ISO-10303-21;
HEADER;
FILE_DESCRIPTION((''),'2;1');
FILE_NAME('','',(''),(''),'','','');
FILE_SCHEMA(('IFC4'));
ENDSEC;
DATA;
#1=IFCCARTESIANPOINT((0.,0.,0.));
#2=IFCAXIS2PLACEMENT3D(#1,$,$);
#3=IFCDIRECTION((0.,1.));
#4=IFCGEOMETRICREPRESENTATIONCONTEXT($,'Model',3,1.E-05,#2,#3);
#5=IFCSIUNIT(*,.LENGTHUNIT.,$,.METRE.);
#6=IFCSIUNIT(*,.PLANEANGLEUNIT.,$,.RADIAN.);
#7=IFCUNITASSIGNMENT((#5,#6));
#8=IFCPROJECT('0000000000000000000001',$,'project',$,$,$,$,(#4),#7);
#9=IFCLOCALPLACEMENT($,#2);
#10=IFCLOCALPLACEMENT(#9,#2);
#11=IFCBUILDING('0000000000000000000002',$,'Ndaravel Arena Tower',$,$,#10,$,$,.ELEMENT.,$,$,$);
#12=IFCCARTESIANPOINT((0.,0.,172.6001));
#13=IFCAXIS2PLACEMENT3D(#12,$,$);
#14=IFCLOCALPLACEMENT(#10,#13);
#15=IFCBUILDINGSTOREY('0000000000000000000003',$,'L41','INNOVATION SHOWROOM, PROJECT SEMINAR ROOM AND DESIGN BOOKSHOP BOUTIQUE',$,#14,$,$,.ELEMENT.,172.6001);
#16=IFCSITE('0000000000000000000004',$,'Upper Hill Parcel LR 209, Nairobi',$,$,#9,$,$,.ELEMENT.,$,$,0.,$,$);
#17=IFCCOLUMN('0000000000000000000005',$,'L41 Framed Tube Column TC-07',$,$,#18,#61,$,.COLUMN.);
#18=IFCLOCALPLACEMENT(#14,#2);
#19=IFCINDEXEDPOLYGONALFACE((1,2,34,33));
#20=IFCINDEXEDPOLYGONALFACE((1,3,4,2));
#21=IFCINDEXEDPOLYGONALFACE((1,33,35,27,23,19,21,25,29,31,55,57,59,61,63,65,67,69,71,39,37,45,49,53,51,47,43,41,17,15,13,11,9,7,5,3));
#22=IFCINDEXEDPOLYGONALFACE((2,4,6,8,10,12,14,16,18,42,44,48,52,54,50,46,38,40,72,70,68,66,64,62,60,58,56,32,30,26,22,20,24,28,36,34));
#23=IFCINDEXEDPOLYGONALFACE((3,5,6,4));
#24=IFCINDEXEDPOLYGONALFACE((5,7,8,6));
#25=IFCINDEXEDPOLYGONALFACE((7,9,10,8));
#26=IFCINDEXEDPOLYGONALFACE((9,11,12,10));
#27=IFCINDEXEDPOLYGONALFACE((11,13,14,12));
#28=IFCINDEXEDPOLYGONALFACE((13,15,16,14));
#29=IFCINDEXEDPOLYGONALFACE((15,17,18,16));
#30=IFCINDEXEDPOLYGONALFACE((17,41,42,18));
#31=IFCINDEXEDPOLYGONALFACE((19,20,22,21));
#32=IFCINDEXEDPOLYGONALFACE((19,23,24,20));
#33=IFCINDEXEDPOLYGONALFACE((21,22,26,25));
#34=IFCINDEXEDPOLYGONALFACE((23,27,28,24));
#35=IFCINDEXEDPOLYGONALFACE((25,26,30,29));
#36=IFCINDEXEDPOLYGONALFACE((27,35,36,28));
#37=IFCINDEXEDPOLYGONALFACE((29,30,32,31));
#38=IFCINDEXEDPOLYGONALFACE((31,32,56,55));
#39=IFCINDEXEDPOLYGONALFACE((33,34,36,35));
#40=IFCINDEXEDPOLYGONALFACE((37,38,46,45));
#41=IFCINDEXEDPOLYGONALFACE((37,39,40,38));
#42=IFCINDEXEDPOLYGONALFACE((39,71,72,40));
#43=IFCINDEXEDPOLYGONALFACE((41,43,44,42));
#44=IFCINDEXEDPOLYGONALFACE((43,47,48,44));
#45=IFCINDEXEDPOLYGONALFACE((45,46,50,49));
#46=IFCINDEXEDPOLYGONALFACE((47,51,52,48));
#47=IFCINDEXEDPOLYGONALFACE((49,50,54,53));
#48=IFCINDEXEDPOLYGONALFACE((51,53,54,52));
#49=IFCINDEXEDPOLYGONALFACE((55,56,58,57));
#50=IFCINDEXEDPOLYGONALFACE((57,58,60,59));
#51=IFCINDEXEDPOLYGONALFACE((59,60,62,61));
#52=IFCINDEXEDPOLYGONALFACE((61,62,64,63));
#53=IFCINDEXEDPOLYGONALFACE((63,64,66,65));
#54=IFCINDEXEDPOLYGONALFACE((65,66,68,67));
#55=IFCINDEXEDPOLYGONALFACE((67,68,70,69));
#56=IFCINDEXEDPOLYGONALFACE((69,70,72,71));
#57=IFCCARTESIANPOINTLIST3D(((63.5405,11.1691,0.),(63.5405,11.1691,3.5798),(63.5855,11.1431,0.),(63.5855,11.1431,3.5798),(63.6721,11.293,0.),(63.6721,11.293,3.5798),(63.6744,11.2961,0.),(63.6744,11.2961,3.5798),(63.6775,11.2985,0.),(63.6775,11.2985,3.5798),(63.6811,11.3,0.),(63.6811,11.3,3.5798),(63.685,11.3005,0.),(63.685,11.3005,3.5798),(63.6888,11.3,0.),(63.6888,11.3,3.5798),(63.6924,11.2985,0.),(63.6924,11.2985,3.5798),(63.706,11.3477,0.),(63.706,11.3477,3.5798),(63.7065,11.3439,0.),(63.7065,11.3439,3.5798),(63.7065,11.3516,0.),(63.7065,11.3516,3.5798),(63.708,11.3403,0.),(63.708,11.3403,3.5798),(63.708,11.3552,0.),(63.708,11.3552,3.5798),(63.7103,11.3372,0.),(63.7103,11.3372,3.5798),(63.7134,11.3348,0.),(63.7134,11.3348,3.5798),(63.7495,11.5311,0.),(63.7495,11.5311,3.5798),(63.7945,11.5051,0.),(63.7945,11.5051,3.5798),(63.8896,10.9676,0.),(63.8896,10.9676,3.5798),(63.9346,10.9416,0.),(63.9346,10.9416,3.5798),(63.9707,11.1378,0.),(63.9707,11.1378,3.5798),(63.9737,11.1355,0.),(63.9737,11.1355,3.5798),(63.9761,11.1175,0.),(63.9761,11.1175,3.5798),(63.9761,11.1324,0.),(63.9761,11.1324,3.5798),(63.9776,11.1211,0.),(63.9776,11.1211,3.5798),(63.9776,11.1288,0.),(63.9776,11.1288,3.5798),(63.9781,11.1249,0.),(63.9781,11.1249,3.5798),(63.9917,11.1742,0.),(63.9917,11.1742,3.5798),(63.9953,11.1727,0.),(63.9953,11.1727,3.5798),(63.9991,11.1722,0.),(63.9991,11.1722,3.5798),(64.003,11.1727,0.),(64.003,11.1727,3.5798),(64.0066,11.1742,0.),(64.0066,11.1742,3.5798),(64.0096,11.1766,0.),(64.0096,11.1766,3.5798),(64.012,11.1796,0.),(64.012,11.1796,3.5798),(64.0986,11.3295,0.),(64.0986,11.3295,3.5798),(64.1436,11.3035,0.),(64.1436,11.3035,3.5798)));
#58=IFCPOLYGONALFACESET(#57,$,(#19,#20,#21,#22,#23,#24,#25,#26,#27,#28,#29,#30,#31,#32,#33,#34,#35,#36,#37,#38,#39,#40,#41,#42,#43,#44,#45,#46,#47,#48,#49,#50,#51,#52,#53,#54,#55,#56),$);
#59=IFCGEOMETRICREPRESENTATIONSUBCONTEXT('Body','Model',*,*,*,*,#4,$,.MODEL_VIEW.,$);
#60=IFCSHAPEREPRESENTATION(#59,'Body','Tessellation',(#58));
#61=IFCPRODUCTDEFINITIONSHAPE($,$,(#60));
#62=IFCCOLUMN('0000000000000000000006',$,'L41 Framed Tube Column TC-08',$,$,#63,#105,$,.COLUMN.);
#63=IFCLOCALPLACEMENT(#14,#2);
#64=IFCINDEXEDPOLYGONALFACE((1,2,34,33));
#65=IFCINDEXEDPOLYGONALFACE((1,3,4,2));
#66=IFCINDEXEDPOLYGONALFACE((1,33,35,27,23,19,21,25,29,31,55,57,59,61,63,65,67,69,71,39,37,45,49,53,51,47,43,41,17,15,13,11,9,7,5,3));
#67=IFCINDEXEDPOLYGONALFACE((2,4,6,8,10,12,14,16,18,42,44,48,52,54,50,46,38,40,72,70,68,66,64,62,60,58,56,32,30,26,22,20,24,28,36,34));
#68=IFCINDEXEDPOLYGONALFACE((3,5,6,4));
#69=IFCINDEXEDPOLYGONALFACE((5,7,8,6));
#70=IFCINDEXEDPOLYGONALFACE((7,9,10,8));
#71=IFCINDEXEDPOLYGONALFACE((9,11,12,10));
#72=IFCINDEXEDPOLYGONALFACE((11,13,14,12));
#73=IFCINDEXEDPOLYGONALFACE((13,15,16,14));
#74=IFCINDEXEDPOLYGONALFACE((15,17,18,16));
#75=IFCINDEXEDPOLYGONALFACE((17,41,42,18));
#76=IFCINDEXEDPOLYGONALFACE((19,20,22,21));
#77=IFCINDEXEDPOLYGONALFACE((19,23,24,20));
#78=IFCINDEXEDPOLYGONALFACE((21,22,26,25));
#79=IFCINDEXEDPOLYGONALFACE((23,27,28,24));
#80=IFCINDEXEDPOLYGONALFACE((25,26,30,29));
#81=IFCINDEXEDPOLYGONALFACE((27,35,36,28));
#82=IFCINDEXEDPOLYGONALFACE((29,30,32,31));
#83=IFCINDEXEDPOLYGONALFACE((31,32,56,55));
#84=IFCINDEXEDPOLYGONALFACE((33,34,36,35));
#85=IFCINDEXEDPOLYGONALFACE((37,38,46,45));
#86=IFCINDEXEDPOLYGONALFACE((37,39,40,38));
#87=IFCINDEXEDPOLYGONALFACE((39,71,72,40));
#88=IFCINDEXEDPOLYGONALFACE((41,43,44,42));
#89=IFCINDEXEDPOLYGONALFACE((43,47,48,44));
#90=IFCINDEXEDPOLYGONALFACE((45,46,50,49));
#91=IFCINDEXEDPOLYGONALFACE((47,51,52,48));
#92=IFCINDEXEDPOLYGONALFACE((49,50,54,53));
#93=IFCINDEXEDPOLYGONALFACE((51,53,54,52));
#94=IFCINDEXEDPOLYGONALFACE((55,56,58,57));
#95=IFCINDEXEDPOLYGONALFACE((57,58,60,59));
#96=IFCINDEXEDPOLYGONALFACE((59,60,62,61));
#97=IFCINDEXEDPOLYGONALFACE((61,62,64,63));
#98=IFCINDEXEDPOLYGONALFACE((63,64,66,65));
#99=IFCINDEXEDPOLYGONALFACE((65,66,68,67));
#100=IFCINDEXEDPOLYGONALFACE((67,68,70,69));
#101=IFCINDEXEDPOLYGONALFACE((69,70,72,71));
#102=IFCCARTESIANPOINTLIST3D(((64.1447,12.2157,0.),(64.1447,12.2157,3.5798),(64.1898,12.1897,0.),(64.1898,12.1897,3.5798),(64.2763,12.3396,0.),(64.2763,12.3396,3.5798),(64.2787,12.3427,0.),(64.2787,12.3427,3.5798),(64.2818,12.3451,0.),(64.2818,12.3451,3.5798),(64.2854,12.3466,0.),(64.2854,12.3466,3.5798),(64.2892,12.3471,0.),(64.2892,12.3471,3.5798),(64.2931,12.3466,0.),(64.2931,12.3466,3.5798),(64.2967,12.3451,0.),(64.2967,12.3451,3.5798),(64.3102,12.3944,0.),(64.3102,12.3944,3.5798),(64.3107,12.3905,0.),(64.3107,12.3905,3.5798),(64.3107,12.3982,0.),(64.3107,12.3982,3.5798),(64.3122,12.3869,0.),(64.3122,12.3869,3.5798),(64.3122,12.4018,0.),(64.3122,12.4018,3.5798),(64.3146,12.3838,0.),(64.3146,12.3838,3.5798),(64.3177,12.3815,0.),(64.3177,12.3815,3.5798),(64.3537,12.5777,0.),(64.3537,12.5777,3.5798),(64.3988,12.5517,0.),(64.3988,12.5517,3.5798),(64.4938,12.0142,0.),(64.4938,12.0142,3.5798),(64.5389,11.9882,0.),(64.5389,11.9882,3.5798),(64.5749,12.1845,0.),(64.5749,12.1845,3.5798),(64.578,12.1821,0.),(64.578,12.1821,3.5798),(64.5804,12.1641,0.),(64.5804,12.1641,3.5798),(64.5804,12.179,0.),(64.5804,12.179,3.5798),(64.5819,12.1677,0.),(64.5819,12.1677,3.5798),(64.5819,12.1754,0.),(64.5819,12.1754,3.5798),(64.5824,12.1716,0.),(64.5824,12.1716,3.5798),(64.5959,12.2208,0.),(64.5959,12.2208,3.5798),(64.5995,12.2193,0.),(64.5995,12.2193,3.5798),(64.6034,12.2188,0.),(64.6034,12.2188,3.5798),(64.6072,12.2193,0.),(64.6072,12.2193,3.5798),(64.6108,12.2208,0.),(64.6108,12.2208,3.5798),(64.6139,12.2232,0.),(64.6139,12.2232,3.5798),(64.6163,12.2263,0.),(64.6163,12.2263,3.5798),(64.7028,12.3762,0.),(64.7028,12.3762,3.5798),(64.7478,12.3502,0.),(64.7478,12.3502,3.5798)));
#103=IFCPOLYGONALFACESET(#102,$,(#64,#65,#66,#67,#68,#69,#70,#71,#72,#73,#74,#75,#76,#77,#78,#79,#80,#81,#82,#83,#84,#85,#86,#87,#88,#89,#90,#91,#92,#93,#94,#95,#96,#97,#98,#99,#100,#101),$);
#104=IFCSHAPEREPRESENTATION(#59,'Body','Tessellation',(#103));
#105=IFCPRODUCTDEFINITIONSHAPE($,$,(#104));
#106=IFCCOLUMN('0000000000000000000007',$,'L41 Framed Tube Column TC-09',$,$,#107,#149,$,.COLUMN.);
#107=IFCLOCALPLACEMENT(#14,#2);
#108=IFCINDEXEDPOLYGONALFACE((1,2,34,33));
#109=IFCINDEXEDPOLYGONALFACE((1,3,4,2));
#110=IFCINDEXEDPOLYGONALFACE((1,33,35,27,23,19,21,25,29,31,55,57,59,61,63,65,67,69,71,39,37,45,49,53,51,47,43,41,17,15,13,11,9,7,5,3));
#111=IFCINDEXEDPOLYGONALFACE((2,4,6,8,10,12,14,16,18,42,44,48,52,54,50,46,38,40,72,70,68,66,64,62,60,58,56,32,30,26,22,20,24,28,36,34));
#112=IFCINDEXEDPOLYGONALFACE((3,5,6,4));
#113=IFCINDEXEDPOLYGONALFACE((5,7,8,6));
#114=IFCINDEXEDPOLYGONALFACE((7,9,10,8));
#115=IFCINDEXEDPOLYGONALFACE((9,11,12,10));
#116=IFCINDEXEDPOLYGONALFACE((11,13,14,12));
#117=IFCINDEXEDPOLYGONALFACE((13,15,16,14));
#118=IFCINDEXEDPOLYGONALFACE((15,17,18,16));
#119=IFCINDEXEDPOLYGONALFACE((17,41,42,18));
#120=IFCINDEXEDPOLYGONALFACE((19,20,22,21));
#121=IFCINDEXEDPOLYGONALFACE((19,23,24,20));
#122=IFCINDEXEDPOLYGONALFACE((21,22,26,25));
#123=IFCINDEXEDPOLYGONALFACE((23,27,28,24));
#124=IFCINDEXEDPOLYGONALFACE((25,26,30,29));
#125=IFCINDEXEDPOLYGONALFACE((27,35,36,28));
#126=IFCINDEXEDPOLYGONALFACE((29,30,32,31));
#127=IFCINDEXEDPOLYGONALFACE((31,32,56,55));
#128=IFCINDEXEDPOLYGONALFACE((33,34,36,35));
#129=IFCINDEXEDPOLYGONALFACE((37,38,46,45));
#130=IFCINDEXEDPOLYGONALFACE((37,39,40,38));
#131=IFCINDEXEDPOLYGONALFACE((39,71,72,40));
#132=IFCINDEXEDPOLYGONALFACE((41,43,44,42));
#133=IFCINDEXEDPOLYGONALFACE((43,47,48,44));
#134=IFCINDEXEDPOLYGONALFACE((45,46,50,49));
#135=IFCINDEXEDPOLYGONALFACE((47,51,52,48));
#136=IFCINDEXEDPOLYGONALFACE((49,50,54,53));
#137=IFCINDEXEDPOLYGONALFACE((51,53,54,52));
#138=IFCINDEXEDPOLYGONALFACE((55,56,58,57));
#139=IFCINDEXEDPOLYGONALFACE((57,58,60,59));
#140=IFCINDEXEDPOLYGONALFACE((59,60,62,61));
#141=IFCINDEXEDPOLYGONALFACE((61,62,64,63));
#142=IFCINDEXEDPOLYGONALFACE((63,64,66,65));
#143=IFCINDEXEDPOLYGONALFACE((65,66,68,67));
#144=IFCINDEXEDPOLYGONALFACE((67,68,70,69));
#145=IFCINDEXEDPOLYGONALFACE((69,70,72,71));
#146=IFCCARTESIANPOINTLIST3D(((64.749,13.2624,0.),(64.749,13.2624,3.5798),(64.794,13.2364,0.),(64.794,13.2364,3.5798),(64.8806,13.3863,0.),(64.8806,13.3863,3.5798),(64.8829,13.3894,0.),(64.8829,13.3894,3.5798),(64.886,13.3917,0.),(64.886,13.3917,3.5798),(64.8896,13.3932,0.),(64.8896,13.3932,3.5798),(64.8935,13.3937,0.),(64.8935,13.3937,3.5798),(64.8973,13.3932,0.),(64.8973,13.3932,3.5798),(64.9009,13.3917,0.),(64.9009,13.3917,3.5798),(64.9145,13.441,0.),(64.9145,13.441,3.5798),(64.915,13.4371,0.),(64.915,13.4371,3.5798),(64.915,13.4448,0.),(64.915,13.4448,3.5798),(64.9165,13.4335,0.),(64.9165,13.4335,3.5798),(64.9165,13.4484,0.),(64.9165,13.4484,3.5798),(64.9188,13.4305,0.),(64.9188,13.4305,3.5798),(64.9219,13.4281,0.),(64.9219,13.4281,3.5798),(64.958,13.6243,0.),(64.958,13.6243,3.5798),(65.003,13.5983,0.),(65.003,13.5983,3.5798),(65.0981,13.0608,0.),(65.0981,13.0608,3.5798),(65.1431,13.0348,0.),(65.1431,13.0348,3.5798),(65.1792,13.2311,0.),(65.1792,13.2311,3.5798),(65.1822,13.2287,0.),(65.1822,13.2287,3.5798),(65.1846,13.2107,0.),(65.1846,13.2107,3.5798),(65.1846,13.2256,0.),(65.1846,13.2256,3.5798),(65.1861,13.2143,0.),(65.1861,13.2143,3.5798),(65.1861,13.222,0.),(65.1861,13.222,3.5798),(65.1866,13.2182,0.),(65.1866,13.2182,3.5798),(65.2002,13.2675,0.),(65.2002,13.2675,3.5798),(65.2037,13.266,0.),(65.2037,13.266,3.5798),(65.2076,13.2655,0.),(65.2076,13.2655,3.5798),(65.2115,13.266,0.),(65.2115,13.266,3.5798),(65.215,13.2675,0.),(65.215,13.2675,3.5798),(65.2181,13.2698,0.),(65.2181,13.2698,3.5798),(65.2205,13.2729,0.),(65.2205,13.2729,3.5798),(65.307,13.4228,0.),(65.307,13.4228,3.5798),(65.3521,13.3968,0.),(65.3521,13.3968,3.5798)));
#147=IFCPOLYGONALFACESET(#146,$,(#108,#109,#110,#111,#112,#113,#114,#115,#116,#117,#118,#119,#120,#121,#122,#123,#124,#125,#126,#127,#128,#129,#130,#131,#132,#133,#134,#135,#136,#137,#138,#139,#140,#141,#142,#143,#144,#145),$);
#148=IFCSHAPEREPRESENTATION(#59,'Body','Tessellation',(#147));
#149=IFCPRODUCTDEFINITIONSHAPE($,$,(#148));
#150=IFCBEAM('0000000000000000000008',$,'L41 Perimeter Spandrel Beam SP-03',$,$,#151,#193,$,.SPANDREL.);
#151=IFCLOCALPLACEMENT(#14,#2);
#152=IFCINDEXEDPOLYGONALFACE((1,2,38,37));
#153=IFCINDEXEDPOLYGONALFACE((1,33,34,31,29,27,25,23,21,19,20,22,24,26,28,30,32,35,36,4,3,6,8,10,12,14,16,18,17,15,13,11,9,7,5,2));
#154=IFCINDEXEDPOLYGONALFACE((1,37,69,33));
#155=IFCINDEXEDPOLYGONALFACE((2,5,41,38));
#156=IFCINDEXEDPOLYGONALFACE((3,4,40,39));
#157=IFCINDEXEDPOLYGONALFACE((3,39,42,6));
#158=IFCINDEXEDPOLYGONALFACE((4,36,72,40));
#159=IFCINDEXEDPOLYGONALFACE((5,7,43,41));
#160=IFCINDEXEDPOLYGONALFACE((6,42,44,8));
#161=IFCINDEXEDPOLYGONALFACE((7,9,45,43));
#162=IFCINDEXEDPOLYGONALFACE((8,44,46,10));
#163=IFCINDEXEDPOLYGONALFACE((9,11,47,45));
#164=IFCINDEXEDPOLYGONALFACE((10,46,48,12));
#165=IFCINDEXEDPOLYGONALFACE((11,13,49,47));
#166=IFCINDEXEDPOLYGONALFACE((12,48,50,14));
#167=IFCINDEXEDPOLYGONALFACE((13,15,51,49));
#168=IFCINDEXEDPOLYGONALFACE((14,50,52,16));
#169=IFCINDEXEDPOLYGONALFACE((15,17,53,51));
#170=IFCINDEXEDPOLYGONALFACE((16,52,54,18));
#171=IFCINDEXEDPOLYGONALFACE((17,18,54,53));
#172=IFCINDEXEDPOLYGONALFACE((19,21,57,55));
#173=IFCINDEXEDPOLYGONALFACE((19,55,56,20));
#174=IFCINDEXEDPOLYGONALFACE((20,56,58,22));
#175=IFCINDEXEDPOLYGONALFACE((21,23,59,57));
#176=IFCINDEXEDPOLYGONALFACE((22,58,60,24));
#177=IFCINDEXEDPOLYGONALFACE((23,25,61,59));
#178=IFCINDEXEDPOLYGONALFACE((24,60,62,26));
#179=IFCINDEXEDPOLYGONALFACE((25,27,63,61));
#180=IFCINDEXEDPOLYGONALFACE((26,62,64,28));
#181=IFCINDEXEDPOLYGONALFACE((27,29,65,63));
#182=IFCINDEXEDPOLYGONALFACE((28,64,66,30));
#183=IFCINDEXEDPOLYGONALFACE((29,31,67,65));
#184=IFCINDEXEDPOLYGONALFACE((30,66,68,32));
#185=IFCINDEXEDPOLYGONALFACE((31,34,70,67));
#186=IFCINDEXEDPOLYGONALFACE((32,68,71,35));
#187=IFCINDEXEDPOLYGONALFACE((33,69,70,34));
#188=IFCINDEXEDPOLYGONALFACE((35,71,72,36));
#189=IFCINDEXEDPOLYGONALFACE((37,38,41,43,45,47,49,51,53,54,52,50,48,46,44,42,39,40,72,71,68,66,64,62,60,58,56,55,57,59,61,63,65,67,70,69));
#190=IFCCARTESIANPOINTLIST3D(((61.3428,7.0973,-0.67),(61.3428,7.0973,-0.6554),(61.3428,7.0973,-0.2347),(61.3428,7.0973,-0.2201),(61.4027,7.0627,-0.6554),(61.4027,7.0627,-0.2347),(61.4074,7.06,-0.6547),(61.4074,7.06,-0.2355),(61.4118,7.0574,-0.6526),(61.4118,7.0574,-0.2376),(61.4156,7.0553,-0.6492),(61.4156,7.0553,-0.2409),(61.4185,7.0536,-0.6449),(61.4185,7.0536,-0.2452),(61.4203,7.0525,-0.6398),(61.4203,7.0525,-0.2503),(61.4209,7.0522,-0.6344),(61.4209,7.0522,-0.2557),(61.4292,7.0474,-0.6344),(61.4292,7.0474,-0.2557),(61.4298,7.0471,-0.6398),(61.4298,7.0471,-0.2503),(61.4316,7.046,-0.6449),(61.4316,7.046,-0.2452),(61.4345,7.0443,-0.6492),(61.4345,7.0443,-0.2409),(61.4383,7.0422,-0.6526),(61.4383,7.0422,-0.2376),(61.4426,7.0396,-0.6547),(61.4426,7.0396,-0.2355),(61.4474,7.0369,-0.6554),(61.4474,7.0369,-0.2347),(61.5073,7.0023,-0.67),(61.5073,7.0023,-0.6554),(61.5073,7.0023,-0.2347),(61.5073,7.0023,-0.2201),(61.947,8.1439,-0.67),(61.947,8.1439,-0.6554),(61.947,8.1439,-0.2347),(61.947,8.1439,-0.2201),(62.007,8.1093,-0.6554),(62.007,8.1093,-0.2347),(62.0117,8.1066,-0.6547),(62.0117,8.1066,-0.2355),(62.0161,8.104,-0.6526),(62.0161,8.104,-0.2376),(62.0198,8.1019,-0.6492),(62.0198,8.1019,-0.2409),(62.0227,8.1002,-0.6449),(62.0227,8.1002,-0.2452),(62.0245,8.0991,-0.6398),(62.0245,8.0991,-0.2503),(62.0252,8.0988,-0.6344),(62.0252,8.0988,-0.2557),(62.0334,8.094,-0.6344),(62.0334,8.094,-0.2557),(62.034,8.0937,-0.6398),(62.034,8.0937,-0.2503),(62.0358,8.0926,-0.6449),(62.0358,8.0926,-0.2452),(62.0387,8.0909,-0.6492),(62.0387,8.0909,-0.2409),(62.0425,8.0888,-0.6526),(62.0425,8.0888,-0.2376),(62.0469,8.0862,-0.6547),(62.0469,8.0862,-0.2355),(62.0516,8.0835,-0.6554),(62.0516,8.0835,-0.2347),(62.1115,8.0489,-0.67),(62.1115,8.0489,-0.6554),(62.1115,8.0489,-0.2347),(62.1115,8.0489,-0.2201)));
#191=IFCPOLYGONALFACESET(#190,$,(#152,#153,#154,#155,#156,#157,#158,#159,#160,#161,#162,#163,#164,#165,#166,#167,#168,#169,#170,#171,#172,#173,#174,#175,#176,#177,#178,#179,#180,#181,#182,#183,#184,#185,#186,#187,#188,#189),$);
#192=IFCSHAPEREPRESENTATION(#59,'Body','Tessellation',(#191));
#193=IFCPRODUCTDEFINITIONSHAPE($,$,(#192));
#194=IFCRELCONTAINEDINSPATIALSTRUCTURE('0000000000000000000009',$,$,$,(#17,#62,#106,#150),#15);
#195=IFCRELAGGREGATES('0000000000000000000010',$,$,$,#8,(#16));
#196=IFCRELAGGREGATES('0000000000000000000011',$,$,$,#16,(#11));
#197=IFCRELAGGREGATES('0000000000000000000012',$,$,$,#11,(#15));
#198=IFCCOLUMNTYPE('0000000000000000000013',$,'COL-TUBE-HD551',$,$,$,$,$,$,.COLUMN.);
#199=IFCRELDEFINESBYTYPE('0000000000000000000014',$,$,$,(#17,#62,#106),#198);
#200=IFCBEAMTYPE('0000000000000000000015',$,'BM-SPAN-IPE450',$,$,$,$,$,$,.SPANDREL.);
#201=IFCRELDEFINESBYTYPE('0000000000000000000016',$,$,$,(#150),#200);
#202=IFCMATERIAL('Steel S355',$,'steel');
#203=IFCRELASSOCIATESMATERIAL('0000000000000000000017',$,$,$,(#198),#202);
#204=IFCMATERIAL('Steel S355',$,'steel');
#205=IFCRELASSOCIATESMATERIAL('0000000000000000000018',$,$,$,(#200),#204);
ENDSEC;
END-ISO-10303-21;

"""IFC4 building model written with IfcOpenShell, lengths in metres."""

from ifc_helpers import new_model, si_unit, direction, frame, origin, origin_2d, place, context, subcontext, project, spatial, i_section, extrude, material, material_profile, profile_set, type_object, element, save


model = new_model("IFC4")

# Units and contexts
model_context = context("Model", 3, precision=1e-05, world=origin(), true_north=direction((0.0, 1.0)))
body_context = subcontext(model_context, "Body", "Model", "MODEL_VIEW")
ifc_project = project(units=[si_unit("LENGTHUNIT", "METRE"), si_unit("PLANEANGLEUNIT", "RADIAN")], contexts=[model_context])

# Site, building, storey
site_placement = place(None, origin())
site = spatial("IfcSite", under=ifc_project, at=site_placement, Name="Upper Hill Parcel LR 209, Nairobi", CompositionType="ELEMENT", RefElevation=0.0)
building_placement = place(site_placement, origin())
building = spatial("IfcBuilding", under=site, at=building_placement, Name="Ndaravel Arena Tower", CompositionType="ELEMENT")
storey_placement = place(building_placement, frame((0.0, 0.0, 172.6001)))
storey = spatial("IfcBuildingStorey", under=building, at=storey_placement, Name="L41", Description="INNOVATION SHOWROOM, PROJECT SEMINAR ROOM AND DESIGN BOOKSHOP BOUTIQUE", CompositionType="ELEMENT", Elevation=172.6001)

# Columns
ifc_material_1 = material(Name="Steel S355", Category="steel")
ifc_material_profile_1 = material_profile(ifc_material_1, i_section(OverallWidth=0.418, OverallDepth=0.4551, WebThickness=0.042, FlangeThickness=0.052, FilletRadius=0.0149, at=origin_2d()), Name="HD 400x551")
ifc_profile_set_1 = profile_set([ifc_material_profile_1], Name="Steel S355")
column_type = type_object("IfcColumnType", Name="COL-TUBE-HD551", PredefinedType="COLUMN", material=ifc_profile_set_1)
for number, where, z_axis, x_axis, name in (
    (1, (63.842, 11.2363, 0.0), (0.0, 0.0, 1.0), (0.5, 0.866025, 0.0), "L41 Framed Tube Column TC-07"),
    (2, (64.4463, 12.283, 0.0), (0.0, 0.0, 1.0), (0.5, 0.866025, 0.0), "L41 Framed Tube Column TC-08"),
    (3, (65.0505, 13.3296, 0.0), (0.0, 0.0, 1.0), (0.5, 0.866025, 0.0), "L41 Framed Tube Column TC-09"),
):
    element("IfcColumn", number, at=place(storey_placement, frame(where, z_axis=z_axis, x_axis=x_axis)), inside=storey, type_object=column_type, Name=name, PredefinedType="COLUMN", context=body_context, shape_type="SweptSolid", body=[
        extrude(i_section(OverallWidth=0.418, OverallDepth=0.4551, WebThickness=0.042, FlangeThickness=0.052, FilletRadius=0.0149, at=origin_2d()), origin(), (0.0, 0.0, 1.0), 3.5798),
    ])

# Beam
ifc_material_2 = material(Name="Steel S355", Category="steel")
ifc_material_profile_2 = material_profile(ifc_material_2, i_section(OverallWidth=0.1899, OverallDepth=0.45, WebThickness=0.0095, FlangeThickness=0.0146, FilletRadius=0.021, at=origin_2d()), Name="IPE 450")
ifc_profile_set_2 = profile_set([ifc_material_profile_2], Name="Steel S355")
beam_type = type_object("IfcBeamType", Name="BM-SPAN-IPE450", PredefinedType="SPANDREL", material=ifc_profile_set_2)
for number, where, z_axis, x_axis, name in (
    (4, (61.425, 7.0498, -0.4451), (0.499985, 0.866034, 0.0), (-0.866034, 0.499985, 0.0), "L41 Perimeter Spandrel Beam SP-03"),
):
    element("IfcBeam", number, at=place(storey_placement, frame(where, z_axis=z_axis, x_axis=x_axis)), inside=storey, type_object=beam_type, Name=name, PredefinedType="SPANDREL", context=body_context, shape_type="SweptSolid", body=[
        extrude(i_section(OverallWidth=0.1899, OverallDepth=0.45, WebThickness=0.0095, FlangeThickness=0.0146, FilletRadius=0.021, at=origin_2d()), origin(), (0.0, 0.0, 1.0), 1.2085),
    ])

save(model, "model.ifc")
